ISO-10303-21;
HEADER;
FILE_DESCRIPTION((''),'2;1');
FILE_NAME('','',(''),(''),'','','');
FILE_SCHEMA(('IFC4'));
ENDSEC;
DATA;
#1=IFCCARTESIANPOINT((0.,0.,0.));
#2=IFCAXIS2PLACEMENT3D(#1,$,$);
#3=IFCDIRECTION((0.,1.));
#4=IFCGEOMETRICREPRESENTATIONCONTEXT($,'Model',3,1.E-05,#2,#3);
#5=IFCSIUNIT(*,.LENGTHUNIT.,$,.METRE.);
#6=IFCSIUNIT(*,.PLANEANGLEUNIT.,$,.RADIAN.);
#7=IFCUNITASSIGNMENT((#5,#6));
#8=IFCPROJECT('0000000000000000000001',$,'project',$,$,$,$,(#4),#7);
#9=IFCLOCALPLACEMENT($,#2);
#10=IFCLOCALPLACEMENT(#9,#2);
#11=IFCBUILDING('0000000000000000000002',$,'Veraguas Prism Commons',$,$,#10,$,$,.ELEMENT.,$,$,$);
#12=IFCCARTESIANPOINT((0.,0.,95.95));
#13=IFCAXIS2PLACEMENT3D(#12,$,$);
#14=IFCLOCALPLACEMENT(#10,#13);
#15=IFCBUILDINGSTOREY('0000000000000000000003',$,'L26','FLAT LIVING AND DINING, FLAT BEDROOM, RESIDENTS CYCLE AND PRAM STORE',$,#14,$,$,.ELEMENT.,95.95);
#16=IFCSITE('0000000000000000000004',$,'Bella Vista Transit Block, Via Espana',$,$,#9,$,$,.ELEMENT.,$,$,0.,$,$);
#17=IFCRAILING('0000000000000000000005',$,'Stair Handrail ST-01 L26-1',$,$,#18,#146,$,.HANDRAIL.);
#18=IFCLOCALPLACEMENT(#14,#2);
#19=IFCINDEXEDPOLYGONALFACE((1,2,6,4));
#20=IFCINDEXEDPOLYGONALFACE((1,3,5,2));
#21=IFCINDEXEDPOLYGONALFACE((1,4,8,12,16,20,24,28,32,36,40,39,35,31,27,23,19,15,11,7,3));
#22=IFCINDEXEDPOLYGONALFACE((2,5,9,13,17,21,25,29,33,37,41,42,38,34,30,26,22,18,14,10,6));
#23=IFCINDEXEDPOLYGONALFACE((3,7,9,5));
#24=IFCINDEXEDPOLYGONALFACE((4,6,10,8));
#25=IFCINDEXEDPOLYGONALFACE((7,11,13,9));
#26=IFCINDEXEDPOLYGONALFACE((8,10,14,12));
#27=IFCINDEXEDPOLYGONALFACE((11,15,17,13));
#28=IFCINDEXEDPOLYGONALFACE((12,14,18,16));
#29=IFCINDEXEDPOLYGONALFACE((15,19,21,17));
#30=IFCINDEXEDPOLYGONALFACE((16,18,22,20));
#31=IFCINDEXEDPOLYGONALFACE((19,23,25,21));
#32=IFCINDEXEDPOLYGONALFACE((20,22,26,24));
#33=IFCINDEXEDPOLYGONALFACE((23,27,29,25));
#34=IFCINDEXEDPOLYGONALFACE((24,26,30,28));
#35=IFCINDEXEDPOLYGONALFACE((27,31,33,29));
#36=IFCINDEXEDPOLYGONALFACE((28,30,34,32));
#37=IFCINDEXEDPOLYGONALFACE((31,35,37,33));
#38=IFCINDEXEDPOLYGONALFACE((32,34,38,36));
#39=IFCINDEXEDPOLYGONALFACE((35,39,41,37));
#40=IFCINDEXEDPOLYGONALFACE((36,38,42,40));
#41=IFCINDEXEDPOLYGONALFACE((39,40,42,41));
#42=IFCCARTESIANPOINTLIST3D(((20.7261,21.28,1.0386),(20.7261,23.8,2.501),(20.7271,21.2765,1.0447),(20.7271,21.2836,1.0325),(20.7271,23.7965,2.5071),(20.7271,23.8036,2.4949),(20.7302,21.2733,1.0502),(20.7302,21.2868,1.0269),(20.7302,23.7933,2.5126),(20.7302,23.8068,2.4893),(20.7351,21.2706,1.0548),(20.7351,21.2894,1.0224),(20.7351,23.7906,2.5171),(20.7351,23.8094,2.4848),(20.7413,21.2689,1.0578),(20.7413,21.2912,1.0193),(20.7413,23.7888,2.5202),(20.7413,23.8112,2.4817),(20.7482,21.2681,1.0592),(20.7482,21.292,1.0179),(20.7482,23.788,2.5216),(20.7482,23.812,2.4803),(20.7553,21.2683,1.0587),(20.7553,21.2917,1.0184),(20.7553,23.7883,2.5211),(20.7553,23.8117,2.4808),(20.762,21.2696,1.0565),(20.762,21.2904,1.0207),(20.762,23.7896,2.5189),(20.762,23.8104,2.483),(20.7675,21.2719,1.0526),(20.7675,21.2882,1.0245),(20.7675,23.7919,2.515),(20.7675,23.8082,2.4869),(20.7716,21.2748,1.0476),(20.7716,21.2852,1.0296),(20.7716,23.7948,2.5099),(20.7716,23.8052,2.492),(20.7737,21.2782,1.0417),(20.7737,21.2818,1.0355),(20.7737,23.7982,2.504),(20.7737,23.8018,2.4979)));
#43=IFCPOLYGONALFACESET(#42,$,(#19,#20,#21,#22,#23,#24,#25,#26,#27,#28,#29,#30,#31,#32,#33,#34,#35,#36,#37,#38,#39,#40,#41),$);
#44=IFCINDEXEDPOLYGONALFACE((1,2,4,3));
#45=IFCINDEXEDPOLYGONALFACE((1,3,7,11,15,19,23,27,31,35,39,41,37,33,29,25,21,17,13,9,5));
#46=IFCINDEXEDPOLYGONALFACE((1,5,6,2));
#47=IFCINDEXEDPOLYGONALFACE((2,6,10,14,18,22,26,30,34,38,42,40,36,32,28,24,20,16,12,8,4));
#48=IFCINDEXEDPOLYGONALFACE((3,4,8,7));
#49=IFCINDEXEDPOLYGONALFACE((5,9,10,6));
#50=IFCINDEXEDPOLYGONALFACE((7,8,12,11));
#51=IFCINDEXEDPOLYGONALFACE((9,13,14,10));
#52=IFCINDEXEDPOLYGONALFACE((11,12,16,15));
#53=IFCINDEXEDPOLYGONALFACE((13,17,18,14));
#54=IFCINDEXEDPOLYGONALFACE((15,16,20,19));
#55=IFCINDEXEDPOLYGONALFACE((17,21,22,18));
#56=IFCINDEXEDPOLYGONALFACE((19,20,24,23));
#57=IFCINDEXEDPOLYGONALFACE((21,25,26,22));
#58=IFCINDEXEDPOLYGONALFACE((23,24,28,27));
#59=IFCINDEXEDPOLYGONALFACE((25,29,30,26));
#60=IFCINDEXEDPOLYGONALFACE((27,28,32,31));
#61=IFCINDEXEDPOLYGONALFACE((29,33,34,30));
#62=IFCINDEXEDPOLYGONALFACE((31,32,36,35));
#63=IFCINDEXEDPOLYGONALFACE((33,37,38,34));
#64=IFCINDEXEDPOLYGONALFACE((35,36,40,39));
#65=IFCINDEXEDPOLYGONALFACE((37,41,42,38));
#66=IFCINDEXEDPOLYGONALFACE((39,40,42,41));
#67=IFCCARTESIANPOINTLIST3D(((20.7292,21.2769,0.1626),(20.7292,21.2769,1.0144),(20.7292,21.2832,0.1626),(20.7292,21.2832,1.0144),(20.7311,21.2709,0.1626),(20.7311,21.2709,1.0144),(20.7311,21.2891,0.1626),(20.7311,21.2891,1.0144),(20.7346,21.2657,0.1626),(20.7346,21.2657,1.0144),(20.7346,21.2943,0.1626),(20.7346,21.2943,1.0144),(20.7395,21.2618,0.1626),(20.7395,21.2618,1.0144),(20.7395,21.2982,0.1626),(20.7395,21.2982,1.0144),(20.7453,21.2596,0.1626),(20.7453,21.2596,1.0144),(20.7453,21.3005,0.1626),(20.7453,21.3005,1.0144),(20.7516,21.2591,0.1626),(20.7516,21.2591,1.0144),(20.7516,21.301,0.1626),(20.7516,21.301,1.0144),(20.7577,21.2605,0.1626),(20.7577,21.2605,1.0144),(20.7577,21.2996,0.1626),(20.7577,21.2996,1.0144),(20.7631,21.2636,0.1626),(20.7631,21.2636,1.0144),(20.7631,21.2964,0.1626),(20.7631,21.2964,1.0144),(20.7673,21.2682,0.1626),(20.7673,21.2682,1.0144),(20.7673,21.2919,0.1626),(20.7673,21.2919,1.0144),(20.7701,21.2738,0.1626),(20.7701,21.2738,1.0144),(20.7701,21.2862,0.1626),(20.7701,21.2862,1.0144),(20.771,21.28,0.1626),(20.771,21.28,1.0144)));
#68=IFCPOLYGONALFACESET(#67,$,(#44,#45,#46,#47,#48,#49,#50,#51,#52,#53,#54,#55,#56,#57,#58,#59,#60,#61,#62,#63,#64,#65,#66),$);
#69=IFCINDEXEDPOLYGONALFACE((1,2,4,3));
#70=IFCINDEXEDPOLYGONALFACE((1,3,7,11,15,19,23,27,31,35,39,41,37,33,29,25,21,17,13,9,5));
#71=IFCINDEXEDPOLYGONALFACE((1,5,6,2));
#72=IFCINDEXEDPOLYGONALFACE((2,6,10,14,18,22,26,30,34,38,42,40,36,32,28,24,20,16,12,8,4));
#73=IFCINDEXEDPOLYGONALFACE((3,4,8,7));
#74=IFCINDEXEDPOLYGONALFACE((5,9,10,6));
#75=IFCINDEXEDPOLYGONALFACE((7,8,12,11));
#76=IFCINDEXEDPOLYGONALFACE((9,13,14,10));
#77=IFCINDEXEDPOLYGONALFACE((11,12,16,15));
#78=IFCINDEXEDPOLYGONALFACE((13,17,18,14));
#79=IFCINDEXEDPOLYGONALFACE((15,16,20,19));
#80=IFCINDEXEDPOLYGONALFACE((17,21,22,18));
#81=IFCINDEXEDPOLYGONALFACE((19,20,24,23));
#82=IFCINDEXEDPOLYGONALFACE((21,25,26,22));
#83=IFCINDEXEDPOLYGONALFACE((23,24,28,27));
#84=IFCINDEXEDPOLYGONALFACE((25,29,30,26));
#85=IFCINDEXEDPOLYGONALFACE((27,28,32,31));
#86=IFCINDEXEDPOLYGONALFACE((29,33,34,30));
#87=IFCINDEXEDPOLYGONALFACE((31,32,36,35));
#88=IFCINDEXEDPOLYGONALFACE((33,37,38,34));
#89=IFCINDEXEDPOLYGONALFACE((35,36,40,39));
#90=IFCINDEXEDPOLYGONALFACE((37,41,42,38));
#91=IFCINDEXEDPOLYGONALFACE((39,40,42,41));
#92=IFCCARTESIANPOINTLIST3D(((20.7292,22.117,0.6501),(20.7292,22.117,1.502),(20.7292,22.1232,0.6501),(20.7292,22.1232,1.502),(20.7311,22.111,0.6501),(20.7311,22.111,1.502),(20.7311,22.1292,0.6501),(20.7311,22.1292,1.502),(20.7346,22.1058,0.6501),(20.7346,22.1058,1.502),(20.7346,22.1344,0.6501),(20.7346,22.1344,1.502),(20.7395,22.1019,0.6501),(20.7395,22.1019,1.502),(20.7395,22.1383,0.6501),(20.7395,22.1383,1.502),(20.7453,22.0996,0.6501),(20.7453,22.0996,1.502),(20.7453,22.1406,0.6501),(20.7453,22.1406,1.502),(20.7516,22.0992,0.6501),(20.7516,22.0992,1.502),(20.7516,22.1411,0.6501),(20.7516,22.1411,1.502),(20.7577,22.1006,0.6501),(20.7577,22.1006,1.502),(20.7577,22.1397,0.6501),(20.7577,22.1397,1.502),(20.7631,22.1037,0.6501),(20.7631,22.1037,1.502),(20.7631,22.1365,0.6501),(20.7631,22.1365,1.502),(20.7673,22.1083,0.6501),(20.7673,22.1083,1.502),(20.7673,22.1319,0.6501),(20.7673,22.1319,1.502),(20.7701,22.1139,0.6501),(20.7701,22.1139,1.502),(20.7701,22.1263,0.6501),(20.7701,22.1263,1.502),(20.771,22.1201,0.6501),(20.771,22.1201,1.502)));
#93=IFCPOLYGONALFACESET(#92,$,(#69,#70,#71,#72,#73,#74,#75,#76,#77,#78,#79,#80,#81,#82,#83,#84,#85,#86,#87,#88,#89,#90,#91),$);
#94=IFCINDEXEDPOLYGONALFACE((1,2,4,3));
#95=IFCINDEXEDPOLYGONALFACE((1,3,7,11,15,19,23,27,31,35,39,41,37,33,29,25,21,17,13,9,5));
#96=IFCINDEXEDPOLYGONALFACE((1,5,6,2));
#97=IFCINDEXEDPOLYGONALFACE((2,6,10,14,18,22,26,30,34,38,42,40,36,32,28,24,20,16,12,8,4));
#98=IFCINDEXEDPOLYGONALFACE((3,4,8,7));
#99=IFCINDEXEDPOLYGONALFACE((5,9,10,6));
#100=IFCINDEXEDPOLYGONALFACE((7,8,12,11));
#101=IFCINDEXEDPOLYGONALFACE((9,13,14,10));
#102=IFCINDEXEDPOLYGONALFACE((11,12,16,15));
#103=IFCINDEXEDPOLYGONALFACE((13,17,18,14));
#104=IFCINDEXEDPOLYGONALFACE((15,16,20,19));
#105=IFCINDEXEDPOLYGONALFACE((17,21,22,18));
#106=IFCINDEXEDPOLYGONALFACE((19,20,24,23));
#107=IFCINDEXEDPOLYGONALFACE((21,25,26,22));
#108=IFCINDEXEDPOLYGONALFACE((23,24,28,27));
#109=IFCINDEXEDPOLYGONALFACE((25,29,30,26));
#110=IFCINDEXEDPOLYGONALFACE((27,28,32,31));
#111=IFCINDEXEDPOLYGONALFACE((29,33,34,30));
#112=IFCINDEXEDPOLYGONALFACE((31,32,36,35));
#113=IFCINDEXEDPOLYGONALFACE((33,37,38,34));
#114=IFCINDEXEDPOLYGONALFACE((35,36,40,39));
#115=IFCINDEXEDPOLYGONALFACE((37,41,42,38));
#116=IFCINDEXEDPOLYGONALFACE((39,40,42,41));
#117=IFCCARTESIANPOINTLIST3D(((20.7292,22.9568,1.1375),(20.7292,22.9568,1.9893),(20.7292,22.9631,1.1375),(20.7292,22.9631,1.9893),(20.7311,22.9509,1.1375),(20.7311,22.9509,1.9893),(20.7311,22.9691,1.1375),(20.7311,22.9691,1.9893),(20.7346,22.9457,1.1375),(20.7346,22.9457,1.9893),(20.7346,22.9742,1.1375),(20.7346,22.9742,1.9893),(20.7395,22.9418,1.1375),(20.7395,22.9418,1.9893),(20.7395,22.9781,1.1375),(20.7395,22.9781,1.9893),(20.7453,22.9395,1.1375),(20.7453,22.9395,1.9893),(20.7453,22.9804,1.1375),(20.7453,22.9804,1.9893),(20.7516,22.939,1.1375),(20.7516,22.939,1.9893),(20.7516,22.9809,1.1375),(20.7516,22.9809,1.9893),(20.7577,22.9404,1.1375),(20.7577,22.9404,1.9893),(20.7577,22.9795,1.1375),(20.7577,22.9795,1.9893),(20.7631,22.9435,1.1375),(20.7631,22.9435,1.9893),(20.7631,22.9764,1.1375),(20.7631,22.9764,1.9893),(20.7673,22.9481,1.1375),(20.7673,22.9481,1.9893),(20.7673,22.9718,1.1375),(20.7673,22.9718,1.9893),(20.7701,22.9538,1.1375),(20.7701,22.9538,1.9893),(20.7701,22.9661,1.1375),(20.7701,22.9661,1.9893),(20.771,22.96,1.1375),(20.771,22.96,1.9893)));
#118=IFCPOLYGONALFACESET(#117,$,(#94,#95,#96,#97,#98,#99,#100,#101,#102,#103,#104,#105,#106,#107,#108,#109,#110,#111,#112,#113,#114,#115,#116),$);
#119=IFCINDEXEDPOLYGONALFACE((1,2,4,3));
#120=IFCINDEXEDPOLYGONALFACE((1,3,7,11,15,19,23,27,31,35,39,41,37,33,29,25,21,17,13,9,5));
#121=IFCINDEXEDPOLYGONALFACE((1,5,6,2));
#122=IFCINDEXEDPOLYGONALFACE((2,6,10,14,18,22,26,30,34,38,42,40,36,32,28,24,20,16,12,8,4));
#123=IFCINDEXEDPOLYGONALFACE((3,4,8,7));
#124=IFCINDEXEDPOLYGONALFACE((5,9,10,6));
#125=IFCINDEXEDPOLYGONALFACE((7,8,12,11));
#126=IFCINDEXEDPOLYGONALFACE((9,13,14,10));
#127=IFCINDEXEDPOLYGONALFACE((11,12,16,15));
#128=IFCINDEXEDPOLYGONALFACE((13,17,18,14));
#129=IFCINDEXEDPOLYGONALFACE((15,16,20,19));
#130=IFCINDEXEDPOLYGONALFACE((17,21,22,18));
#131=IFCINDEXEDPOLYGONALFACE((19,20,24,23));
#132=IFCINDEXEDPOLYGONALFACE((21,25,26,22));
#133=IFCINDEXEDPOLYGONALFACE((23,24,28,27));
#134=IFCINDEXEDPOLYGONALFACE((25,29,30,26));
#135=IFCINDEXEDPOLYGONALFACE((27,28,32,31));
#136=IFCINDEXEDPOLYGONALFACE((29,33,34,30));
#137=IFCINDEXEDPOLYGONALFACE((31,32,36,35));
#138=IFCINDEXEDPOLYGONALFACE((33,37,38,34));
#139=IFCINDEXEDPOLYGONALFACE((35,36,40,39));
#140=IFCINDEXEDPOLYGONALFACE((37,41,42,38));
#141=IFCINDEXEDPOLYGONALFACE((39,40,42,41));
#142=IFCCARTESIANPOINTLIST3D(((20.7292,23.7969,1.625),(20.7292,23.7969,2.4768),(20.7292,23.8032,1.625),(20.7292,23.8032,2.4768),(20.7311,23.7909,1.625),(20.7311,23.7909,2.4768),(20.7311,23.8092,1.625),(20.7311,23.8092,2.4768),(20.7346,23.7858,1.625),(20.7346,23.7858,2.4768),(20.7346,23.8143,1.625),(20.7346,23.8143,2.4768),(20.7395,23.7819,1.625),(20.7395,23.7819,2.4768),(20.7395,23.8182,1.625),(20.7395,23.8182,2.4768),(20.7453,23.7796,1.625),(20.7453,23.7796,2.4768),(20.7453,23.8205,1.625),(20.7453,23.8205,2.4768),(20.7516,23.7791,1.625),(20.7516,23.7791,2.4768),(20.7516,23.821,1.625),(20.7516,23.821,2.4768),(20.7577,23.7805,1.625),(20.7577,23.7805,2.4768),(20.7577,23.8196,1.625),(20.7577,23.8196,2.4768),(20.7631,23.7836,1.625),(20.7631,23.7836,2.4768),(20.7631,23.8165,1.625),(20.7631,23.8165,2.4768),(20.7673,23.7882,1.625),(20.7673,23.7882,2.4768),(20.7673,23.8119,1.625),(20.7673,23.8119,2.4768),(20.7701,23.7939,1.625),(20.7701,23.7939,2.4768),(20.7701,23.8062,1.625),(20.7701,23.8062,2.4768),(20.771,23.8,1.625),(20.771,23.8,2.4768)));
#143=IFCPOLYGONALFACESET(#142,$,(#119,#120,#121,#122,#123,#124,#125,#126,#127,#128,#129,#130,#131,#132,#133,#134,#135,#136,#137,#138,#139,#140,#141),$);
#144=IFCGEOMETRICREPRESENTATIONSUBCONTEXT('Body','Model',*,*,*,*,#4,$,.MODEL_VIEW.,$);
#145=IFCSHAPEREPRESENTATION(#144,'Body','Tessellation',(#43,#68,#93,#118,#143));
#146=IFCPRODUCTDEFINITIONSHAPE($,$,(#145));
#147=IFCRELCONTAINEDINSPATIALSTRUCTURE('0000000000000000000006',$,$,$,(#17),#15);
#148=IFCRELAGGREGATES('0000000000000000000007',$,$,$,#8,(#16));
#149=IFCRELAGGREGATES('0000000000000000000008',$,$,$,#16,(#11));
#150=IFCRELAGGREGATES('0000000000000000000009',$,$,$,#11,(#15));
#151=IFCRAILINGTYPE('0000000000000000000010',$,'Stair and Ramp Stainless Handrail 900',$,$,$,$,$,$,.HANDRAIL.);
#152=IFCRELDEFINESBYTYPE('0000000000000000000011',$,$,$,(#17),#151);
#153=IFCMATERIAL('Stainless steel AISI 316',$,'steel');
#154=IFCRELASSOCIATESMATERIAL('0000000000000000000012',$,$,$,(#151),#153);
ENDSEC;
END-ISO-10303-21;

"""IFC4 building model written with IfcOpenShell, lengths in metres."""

from ifc_helpers import new_model, si_unit, direction, frame, origin, origin_2d, place, context, subcontext, project, spatial, circle, extrude, material, type_object, element, save


model = new_model("IFC4")

# Units and contexts
model_context = context("Model", 3, precision=1e-05, world=origin(), true_north=direction((0.0, 1.0)))
body_context = subcontext(model_context, "Body", "Model", "MODEL_VIEW")
ifc_project = project(units=[si_unit("LENGTHUNIT", "METRE"), si_unit("PLANEANGLEUNIT", "RADIAN")], contexts=[model_context])

# Site, building, storey
site_placement = place(None, origin())
site = spatial("IfcSite", under=ifc_project, at=site_placement, Name="Bella Vista Transit Block, Via Espana", CompositionType="ELEMENT", RefElevation=0.0)
building_placement = place(site_placement, origin())
building = spatial("IfcBuilding", under=site, at=building_placement, Name="Veraguas Prism Commons", CompositionType="ELEMENT")
storey_placement = place(building_placement, frame((0.0, 0.0, 95.95)))
storey = spatial("IfcBuildingStorey", under=building, at=storey_placement, Name="L26", Description="FLAT LIVING AND DINING, FLAT BEDROOM, RESIDENTS CYCLE AND PRAM STORE", CompositionType="ELEMENT", Elevation=95.95)

# Railing
ifc_material_1 = material(Name="Stainless steel AISI 316", Category="steel")
railing_type_1 = type_object("IfcRailingType", Name="Stair and Ramp Stainless Handrail 900", PredefinedType="HANDRAIL", material=ifc_material_1)
railing_1_placement = place(storey_placement, frame((20.75, 21.28, 0.1626)))
element("IfcRailing", 1, at=railing_1_placement, inside=storey, type_object=railing_type_1, Name="Stair Handrail ST-01 L26-1", PredefinedType="HANDRAIL", context=body_context, shape_type="SweptSolid", body=[
    extrude(circle(Radius=0.0239, at=origin_2d()), frame((0.0, 0.0, 0.876), z_axis=(0.0, 0.864913, 0.501921), x_axis=(-1.0, 0.0, 0.0)), (0.0, 0.0, 1.0), 2.9136),
    extrude(circle(Radius=0.021, at=origin_2d()), origin(), (0.0, 0.0, 1.0), 0.8518),
    extrude(circle(Radius=0.021, at=origin_2d()), frame((0.0, 0.8401, 0.4875)), (0.0, 0.0, 1.0), 0.8518),
    extrude(circle(Radius=0.021, at=origin_2d()), frame((0.0, 1.6799, 0.9749)), (0.0, 0.0, 1.0), 0.8518),
    extrude(circle(Radius=0.021, at=origin_2d()), frame((0.0, 2.52, 1.4624)), (0.0, 0.0, 1.0), 0.8518),
])

save(model, "model.ifc")
